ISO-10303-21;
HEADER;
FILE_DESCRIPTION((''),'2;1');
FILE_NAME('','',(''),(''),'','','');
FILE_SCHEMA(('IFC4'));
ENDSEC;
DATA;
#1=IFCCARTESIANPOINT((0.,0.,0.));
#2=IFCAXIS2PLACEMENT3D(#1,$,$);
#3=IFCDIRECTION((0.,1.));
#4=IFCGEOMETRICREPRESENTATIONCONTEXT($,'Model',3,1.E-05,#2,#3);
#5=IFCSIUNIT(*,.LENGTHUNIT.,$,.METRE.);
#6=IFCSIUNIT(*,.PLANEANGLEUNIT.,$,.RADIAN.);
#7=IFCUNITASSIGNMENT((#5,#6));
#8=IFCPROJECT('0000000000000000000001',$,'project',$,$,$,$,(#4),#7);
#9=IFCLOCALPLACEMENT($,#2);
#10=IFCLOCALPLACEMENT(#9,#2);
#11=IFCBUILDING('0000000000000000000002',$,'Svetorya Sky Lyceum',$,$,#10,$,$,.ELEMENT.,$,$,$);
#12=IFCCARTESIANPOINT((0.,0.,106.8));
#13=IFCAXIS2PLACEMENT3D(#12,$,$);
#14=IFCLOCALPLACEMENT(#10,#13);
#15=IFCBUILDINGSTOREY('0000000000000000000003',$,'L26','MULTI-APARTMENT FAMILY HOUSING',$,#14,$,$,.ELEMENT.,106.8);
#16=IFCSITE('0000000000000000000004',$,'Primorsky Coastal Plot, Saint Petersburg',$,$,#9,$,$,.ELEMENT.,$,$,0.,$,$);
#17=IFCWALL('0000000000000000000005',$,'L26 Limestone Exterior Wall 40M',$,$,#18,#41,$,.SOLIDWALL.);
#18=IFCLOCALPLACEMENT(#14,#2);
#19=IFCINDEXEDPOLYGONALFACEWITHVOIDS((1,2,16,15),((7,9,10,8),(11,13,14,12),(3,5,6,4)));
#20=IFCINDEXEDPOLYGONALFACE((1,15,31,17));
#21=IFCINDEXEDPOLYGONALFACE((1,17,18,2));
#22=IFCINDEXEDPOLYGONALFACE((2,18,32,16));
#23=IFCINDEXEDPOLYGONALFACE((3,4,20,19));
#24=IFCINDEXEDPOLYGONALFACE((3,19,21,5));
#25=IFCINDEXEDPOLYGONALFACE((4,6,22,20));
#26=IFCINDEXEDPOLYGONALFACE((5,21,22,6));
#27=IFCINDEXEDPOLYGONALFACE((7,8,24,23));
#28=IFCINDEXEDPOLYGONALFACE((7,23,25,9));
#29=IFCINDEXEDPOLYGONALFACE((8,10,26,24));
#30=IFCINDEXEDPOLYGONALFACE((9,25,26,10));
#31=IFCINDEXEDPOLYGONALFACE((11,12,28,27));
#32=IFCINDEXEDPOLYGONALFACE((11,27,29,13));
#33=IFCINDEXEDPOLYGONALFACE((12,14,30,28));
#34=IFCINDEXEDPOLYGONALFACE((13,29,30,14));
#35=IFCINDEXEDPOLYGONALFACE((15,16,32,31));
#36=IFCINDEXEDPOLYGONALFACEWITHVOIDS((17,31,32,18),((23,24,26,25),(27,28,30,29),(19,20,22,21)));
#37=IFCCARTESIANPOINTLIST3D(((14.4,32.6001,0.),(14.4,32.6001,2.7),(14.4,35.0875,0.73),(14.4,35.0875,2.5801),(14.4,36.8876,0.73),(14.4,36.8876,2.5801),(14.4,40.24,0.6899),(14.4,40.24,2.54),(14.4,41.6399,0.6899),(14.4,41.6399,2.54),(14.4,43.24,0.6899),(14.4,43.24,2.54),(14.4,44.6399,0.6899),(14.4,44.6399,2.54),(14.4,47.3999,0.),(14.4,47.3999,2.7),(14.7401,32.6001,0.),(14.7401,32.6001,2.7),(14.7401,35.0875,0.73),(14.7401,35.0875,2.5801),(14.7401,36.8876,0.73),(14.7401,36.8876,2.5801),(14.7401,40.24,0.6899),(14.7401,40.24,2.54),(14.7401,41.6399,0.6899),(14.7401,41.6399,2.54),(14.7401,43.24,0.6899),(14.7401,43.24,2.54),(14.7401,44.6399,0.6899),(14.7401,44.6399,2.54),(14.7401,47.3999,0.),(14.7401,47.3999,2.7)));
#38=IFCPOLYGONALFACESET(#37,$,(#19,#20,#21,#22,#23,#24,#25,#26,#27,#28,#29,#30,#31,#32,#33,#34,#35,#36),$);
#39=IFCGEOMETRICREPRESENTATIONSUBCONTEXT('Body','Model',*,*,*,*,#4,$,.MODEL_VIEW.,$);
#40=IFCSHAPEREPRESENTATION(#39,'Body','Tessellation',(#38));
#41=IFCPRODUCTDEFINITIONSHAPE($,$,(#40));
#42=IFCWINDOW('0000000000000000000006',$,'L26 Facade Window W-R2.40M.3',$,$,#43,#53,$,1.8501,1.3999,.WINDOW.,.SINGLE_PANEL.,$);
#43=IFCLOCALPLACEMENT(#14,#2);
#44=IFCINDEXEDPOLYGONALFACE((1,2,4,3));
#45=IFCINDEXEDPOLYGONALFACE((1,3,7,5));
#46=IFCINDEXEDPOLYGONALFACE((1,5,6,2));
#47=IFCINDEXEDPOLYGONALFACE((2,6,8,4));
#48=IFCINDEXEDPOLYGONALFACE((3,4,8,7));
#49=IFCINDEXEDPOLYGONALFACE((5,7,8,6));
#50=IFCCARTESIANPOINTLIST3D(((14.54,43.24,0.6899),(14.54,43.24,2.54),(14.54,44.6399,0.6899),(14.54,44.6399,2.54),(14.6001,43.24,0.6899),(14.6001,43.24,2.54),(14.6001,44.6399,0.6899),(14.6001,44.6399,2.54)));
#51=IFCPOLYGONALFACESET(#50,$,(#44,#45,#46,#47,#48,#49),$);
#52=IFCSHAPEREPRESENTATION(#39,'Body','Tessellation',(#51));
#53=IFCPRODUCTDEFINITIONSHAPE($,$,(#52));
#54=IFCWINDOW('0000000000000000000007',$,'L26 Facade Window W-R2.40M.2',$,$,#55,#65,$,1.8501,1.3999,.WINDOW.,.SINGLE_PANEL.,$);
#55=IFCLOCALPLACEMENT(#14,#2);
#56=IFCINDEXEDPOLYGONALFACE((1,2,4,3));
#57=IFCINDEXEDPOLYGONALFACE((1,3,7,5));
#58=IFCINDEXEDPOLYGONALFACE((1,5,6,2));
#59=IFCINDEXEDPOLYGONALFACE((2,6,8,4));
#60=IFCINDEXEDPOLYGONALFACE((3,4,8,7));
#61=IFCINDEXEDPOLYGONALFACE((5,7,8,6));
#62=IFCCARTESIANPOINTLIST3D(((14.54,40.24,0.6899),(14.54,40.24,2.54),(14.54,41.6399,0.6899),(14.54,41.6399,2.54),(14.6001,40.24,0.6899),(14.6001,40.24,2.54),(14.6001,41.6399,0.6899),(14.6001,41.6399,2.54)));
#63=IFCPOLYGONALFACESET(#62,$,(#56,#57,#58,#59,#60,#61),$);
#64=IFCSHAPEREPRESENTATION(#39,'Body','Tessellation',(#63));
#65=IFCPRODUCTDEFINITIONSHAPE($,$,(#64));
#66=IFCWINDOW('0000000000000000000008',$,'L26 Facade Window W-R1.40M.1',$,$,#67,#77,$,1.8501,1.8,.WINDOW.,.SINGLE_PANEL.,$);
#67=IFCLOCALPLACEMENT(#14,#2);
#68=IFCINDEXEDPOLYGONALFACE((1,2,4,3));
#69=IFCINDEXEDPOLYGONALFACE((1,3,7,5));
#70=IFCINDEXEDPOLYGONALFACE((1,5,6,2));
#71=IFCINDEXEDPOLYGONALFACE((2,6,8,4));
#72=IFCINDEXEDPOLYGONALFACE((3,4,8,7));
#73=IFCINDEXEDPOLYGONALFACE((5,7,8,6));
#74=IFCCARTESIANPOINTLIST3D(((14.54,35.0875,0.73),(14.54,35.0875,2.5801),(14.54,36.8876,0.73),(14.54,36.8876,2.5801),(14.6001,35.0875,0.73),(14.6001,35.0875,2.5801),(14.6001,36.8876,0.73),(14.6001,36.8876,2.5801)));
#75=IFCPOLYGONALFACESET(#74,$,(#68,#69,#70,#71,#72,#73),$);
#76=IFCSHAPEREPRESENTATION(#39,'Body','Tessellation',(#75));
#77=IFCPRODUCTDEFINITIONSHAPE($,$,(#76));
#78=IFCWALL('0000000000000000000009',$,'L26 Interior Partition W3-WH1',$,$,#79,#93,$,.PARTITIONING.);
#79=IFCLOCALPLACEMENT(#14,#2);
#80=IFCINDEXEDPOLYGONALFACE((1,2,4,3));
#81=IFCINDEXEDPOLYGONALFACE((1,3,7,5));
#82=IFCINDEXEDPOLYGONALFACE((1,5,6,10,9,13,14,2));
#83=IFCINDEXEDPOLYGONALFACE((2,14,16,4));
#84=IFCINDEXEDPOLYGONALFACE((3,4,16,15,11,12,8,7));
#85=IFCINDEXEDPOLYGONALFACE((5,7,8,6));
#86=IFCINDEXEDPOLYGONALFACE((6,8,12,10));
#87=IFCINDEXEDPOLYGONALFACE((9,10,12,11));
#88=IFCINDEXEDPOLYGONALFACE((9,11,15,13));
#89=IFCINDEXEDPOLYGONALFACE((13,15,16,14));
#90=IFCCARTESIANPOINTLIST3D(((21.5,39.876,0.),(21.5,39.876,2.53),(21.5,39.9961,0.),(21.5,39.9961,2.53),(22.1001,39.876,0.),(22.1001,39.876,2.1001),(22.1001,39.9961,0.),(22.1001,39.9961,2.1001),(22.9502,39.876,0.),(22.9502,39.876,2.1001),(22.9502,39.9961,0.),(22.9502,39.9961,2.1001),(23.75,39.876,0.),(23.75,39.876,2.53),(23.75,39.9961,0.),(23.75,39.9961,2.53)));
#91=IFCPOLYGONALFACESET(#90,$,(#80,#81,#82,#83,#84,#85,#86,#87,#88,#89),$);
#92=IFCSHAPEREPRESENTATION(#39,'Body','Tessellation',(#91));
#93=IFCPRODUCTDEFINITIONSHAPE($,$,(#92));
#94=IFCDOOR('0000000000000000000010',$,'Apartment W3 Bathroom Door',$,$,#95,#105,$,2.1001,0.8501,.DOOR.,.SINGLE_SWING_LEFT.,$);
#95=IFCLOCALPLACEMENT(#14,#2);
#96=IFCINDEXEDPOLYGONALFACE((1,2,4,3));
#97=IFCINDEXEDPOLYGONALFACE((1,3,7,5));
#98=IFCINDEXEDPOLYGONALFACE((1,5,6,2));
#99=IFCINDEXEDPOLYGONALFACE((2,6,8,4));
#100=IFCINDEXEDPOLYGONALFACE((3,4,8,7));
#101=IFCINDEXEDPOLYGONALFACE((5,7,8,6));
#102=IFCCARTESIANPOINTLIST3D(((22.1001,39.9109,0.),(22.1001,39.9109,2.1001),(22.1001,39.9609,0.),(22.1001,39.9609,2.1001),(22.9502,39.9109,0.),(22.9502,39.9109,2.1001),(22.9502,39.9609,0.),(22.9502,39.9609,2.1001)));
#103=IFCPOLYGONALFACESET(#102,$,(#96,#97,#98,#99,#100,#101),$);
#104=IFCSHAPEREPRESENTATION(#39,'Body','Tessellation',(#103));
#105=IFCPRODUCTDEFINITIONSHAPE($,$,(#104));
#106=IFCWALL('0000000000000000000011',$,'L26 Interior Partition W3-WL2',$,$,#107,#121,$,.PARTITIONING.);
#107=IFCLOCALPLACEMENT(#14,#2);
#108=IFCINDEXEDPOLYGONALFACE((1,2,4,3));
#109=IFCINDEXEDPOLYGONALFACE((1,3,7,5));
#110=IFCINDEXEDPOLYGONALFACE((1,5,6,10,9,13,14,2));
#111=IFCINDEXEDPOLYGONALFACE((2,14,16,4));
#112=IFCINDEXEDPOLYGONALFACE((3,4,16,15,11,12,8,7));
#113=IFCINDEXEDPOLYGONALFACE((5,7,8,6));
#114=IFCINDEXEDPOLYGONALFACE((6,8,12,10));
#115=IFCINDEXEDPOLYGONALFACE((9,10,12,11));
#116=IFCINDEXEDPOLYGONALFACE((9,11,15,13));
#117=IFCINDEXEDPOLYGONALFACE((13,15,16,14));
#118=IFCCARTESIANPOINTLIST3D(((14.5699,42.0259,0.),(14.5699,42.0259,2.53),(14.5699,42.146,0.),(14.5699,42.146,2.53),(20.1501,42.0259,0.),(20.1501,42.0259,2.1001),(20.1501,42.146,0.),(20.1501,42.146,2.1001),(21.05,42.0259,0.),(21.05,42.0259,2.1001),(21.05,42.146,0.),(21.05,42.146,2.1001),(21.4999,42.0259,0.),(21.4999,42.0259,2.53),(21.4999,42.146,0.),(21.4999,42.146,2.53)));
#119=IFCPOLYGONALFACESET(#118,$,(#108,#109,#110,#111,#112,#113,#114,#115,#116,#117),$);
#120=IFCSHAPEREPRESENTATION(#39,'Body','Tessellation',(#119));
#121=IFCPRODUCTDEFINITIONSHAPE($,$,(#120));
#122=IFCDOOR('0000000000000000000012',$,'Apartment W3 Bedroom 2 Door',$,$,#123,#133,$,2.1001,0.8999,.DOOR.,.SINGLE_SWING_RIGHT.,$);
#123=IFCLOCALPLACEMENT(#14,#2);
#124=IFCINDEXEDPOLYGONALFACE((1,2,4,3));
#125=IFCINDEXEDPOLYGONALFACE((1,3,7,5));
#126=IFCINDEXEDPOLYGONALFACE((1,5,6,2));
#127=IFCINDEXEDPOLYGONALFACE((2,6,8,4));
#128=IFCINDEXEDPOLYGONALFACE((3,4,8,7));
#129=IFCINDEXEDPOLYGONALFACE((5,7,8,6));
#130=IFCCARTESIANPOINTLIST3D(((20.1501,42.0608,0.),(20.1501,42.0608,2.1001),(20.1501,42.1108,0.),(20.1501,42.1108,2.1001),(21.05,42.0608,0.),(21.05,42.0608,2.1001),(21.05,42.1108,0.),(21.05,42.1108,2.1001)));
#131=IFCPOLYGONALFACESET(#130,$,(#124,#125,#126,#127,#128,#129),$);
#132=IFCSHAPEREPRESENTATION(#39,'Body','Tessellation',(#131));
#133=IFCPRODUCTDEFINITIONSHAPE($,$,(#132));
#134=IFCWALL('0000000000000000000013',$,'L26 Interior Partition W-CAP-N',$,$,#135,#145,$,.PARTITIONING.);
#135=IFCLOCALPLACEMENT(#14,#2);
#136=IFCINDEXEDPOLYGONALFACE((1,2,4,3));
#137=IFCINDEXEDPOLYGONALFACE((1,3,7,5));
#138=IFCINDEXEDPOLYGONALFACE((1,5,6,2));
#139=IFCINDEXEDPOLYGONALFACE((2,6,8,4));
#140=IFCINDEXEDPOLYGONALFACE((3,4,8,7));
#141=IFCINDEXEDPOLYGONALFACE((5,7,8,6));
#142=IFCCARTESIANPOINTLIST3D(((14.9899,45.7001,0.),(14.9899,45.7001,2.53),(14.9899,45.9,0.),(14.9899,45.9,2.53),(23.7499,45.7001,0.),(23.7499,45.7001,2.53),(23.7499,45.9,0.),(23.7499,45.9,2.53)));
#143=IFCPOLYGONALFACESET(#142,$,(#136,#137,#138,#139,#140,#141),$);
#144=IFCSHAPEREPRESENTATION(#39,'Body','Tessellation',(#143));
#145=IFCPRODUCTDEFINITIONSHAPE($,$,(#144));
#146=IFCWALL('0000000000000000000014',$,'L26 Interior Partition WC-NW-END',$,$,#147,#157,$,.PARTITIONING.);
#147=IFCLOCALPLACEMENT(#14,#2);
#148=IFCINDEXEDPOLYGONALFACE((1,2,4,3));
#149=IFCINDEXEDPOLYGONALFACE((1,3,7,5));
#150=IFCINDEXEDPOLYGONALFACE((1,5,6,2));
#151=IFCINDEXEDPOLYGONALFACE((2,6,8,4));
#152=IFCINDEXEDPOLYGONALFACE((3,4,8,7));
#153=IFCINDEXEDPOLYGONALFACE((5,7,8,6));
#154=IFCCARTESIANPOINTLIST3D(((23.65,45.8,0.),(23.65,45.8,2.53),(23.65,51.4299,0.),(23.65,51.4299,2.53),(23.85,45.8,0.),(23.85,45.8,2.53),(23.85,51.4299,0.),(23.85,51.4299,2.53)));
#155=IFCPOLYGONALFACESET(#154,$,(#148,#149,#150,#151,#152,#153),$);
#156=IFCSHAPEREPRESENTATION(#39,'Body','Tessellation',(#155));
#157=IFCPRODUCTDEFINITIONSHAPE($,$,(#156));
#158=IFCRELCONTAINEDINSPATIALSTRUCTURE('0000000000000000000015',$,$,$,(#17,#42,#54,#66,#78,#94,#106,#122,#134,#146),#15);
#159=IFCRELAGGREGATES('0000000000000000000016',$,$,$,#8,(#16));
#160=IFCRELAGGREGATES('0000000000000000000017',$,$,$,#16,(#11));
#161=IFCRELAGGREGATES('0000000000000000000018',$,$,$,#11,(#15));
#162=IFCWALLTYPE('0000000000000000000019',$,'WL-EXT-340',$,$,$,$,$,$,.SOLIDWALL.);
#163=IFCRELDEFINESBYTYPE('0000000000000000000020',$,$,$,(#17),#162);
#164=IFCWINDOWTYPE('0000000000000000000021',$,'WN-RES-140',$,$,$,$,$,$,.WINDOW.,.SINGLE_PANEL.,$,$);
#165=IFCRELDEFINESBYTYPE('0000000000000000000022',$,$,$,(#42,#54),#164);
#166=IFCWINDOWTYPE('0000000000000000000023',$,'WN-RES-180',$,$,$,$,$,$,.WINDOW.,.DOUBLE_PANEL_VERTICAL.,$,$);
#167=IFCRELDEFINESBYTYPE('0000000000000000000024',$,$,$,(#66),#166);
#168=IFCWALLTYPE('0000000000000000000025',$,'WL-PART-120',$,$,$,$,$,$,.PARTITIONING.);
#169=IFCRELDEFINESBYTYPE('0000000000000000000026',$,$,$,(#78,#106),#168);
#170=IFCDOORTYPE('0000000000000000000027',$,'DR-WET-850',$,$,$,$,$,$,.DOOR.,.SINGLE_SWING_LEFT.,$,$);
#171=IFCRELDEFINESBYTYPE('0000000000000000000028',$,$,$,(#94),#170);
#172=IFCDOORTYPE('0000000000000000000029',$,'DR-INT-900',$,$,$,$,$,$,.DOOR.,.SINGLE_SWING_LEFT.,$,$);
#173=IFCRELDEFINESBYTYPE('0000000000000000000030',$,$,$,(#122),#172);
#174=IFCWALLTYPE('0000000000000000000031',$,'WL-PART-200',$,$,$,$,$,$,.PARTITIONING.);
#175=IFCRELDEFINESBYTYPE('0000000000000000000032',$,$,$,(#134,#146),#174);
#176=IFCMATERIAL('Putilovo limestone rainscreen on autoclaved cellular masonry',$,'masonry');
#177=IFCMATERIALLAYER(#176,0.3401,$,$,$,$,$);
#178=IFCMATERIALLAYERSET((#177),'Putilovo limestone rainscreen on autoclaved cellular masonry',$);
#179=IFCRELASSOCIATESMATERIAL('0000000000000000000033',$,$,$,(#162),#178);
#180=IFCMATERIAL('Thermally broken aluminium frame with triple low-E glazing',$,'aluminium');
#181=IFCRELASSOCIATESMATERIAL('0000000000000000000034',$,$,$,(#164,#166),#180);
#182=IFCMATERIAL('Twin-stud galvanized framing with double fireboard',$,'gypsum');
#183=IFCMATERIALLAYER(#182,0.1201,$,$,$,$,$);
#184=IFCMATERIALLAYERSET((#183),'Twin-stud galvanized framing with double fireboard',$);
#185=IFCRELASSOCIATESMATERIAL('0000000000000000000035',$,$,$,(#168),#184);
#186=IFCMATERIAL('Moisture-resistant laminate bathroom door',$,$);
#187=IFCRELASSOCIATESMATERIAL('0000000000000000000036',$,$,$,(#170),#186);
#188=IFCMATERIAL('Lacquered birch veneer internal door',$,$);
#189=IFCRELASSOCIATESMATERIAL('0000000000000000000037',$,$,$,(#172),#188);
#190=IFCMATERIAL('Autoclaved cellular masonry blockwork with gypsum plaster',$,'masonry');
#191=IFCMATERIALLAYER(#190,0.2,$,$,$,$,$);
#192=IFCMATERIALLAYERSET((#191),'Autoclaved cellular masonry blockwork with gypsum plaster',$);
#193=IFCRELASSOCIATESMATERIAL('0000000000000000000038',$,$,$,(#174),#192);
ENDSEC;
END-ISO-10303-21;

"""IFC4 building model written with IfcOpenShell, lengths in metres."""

from ifc_helpers import new_model, si_unit, direction, frame, frame_2d, origin, place, context, subcontext, project, spatial, rectangle, extrude, material, layer, layer_set, type_object, element, fill, save


model = new_model("IFC4")

# Units and contexts
model_context = context("Model", 3, precision=1e-05, world=origin(), true_north=direction((0.0, 1.0)))
body_context = subcontext(model_context, "Body", "Model", "MODEL_VIEW")
ifc_project = project(units=[si_unit("LENGTHUNIT", "METRE"), si_unit("PLANEANGLEUNIT", "RADIAN")], contexts=[model_context])

# Site, building, storey
site_placement = place(None, origin())
site = spatial("IfcSite", under=ifc_project, at=site_placement, Name="Primorsky Coastal Plot, Saint Petersburg", CompositionType="ELEMENT", RefElevation=0.0)
building_placement = place(site_placement, origin())
building = spatial("IfcBuilding", under=site, at=building_placement, Name="Svetorya Sky Lyceum", CompositionType="ELEMENT")
storey_placement = place(building_placement, frame((0.0, 0.0, 106.8)))
storey = spatial("IfcBuildingStorey", under=building, at=storey_placement, Name="L26", Description="MULTI-APARTMENT FAMILY HOUSING", CompositionType="ELEMENT", Elevation=106.8)

# Shared definitions
ifc_material_1 = material(Name="Putilovo limestone rainscreen on autoclaved cellular masonry", Category="masonry")
ifc_layer_1 = layer(ifc_material_1, 0.3401)
ifc_layer_set_1 = layer_set([ifc_layer_1], Name="Putilovo limestone rainscreen on autoclaved cellular masonry")
wall_type_1 = type_object("IfcWallType", Name="WL-EXT-340", PredefinedType="SOLIDWALL", material=ifc_layer_set_1)

# Wall, openings, windows
wall_1_placement = place(storey_placement, frame((14.5701, 47.3999, 0.0), z_axis=(0.0, 0.0, 1.0), x_axis=(0.0, -1.0, 0.0)))
wall_1 = element("IfcWall", 1, at=wall_1_placement, inside=storey, type_object=wall_type_1, Name="L26 Limestone Exterior Wall 40M", PredefinedType="SOLIDWALL", context=body_context, shape_type="SweptSolid", body=[
    extrude(rectangle(XDim=14.7998, YDim=0.3401, at=frame_2d((7.3999, 0.0))), origin(), (0.0, 0.0, 1.0), 2.7),
])
opening_1_placement = place(wall_1_placement, frame((2.76, 0.0, 0.6899)))
opening_1 = element("IfcOpeningElement", 2, at=opening_1_placement, cuts=wall_1, PredefinedType="OPENING", context=body_context, shape_type="SweptSolid", body=[
    extrude(rectangle(XDim=1.3999, YDim=1.8501, at=frame_2d((0.7, 0.925))), frame((0.0, 0.1799, 0.0), z_axis=(0.0, -1.0, 0.0), x_axis=(1.0, 0.0, 0.0)), (0.0, 0.0, 1.0), 0.3601),
])
opening_2_placement = place(wall_1_placement, frame((5.76, 0.0, 0.6899)))
opening_2 = element("IfcOpeningElement", 3, at=opening_2_placement, cuts=wall_1, PredefinedType="OPENING", context=body_context, shape_type="SweptSolid", body=[
    extrude(rectangle(XDim=1.3999, YDim=1.8501, at=frame_2d((0.7, 0.925))), frame((0.0, 0.1799, 0.0), z_axis=(0.0, -1.0, 0.0), x_axis=(1.0, 0.0, 0.0)), (0.0, 0.0, 1.0), 0.3601),
])
opening_3_placement = place(wall_1_placement, frame((10.5125, 0.0, 0.73)))
opening_3 = element("IfcOpeningElement", 4, at=opening_3_placement, cuts=wall_1, PredefinedType="OPENING", context=body_context, shape_type="SweptSolid", body=[
    extrude(rectangle(XDim=1.8, YDim=1.8501, at=frame_2d((0.8999, 0.925))), frame((0.0, 0.1799, 0.0), z_axis=(0.0, -1.0, 0.0), x_axis=(1.0, 0.0, 0.0)), (0.0, 0.0, 1.0), 0.3601),
])
ifc_material_2 = material(Name="Thermally broken aluminium frame with triple low-E glazing", Category="aluminium")
window_type_1 = type_object("IfcWindowType", Name="WN-RES-140", PartitioningType="SINGLE_PANEL", PredefinedType="WINDOW", material=ifc_material_2)
window_1_placement = place(opening_1_placement, origin())
window_1 = element("IfcWindow", 5, at=window_1_placement, inside=storey, type_object=window_type_1, Name="L26 Facade Window W-R2.40M.3", OverallHeight=1.8501, OverallWidth=1.3999, PartitioningType="SINGLE_PANEL", PredefinedType="WINDOW", context=body_context, shape_type="SweptSolid", body=[
    extrude(rectangle(XDim=1.3999, YDim=1.8501, at=frame_2d((0.7, 0.925))), frame((0.0, 0.03, 0.0), z_axis=(0.0, -1.0, 0.0), x_axis=(1.0, 0.0, 0.0)), (0.0, 0.0, 1.0), 0.0601),
])
fill(opening_1, window_1)
window_2_placement = place(opening_2_placement, origin())
window_2 = element("IfcWindow", 6, at=window_2_placement, inside=storey, type_object=window_type_1, Name="L26 Facade Window W-R2.40M.2", OverallHeight=1.8501, OverallWidth=1.3999, PartitioningType="SINGLE_PANEL", PredefinedType="WINDOW", context=body_context, shape_type="SweptSolid", body=[
    extrude(rectangle(XDim=1.3999, YDim=1.8501, at=frame_2d((0.7, 0.925))), frame((0.0, 0.03, 0.0), z_axis=(0.0, -1.0, 0.0), x_axis=(1.0, 0.0, 0.0)), (0.0, 0.0, 1.0), 0.0601),
])
fill(opening_2, window_2)
window_type_2 = type_object("IfcWindowType", Name="WN-RES-180", PartitioningType="DOUBLE_PANEL_VERTICAL", PredefinedType="WINDOW", material=ifc_material_2)
window_3_placement = place(opening_3_placement, origin())
window_3 = element("IfcWindow", 7, at=window_3_placement, inside=storey, type_object=window_type_2, Name="L26 Facade Window W-R1.40M.1", OverallHeight=1.8501, OverallWidth=1.8, PartitioningType="SINGLE_PANEL", PredefinedType="WINDOW", context=body_context, shape_type="SweptSolid", body=[
    extrude(rectangle(XDim=1.8, YDim=1.8501, at=frame_2d((0.8999, 0.925))), frame((0.0, 0.03, 0.0), z_axis=(0.0, -1.0, 0.0), x_axis=(1.0, 0.0, 0.0)), (0.0, 0.0, 1.0), 0.0601),
])
fill(opening_3, window_3)

# Walls, openings, doors
ifc_material_3 = material(Name="Twin-stud galvanized framing with double fireboard", Category="gypsum")
ifc_layer_2 = layer(ifc_material_3, 0.1201)
ifc_layer_set_2 = layer_set([ifc_layer_2], Name="Twin-stud galvanized framing with double fireboard")
wall_type_2 = type_object("IfcWallType", Name="WL-PART-120", PredefinedType="PARTITIONING", material=ifc_layer_set_2)
wall_2_placement = place(storey_placement, frame((21.5, 39.936, 0.0), z_axis=(0.0, 0.0, 1.0), x_axis=(1.0, 0.0, 0.0)))
wall_2 = element("IfcWall", 8, at=wall_2_placement, inside=storey, type_object=wall_type_2, Name="L26 Interior Partition W3-WH1", PredefinedType="PARTITIONING", context=body_context, shape_type="SweptSolid", body=[
    extrude(rectangle(XDim=2.25, YDim=0.1201, at=frame_2d((1.125, 0.0))), origin(), (0.0, 0.0, 1.0), 2.53),
])
opening_4_placement = place(wall_2_placement, frame((0.6001, 0.0, 0.0)))
opening_4 = element("IfcOpeningElement", 9, at=opening_4_placement, cuts=wall_2, PredefinedType="OPENING", context=body_context, shape_type="SweptSolid", body=[
    extrude(rectangle(XDim=0.8501, YDim=2.1001, at=frame_2d((0.425, 1.05))), frame((0.0, 0.0701, 0.0), z_axis=(0.0, -1.0, 0.0), x_axis=(1.0, 0.0, 0.0)), (0.0, 0.0, 1.0), 0.1401),
])
ifc_material_4 = material(Name="Moisture-resistant laminate bathroom door")
door_type_1 = type_object("IfcDoorType", Name="DR-WET-850", OperationType="SINGLE_SWING_LEFT", PredefinedType="DOOR", material=ifc_material_4)
door_1_placement = place(opening_4_placement, origin())
door_1 = element("IfcDoor", 10, at=door_1_placement, inside=storey, type_object=door_type_1, Name="Apartment W3 Bathroom Door", OperationType="SINGLE_SWING_LEFT", OverallHeight=2.1001, OverallWidth=0.8501, PredefinedType="DOOR", context=body_context, shape_type="SweptSolid", body=[
    extrude(rectangle(XDim=0.8501, YDim=2.1001, at=frame_2d((0.425, 1.05))), frame((0.0, 0.0249, 0.0), z_axis=(0.0, -1.0, 0.0), x_axis=(1.0, 0.0, 0.0)), (0.0, 0.0, 1.0), 0.05),
])
fill(opening_4, door_1)
wall_3_placement = place(storey_placement, frame((14.5701, 42.0859, 0.0), z_axis=(0.0, 0.0, 1.0), x_axis=(1.0, 0.0, 0.0)))
wall_3 = element("IfcWall", 11, at=wall_3_placement, inside=storey, type_object=wall_type_2, Name="L26 Interior Partition W3-WL2", PredefinedType="PARTITIONING", context=body_context, shape_type="SweptSolid", body=[
    extrude(rectangle(XDim=6.9299, YDim=0.1201, at=frame_2d((3.4648, 0.0))), origin(), (0.0, 0.0, 1.0), 2.53),
])
opening_5_placement = place(wall_3_placement, frame((5.5801, 0.0, 0.0)))
opening_5 = element("IfcOpeningElement", 12, at=opening_5_placement, cuts=wall_3, PredefinedType="OPENING", context=body_context, shape_type="SweptSolid", body=[
    extrude(rectangle(XDim=0.8999, YDim=2.1001, at=frame_2d((0.45, 1.05))), frame((0.0, 0.0701, 0.0), z_axis=(0.0, -1.0, 0.0), x_axis=(1.0, 0.0, 0.0)), (0.0, 0.0, 1.0), 0.1401),
])
ifc_material_5 = material(Name="Lacquered birch veneer internal door")
door_type_2 = type_object("IfcDoorType", Name="DR-INT-900", OperationType="SINGLE_SWING_LEFT", PredefinedType="DOOR", material=ifc_material_5)
door_2_placement = place(opening_5_placement, origin())
door_2 = element("IfcDoor", 13, at=door_2_placement, inside=storey, type_object=door_type_2, Name="Apartment W3 Bedroom 2 Door", OperationType="SINGLE_SWING_RIGHT", OverallHeight=2.1001, OverallWidth=0.8999, PredefinedType="DOOR", context=body_context, shape_type="SweptSolid", body=[
    extrude(rectangle(XDim=0.8999, YDim=2.1001, at=frame_2d((0.45, 1.05))), frame((0.0, 0.0249, 0.0), z_axis=(0.0, -1.0, 0.0), x_axis=(1.0, 0.0, 0.0)), (0.0, 0.0, 1.0), 0.05),
])
fill(opening_5, door_2)

# Walls
ifc_material_6 = material(Name="Autoclaved cellular masonry blockwork with gypsum plaster", Category="masonry")
ifc_layer_3 = layer(ifc_material_6, 0.2)
ifc_layer_set_3 = layer_set([ifc_layer_3], Name="Autoclaved cellular masonry blockwork with gypsum plaster")
wall_type_3 = type_object("IfcWallType", Name="WL-PART-200", PredefinedType="PARTITIONING", material=ifc_layer_set_3)
wall_4_placement = place(storey_placement, frame((14.99, 45.8, 0.0), z_axis=(0.0, 0.0, 1.0), x_axis=(1.0, 0.0, 0.0)))
element("IfcWall", 14, at=wall_4_placement, inside=storey, type_object=wall_type_3, Name="L26 Interior Partition W-CAP-N", PredefinedType="PARTITIONING", context=body_context, shape_type="SweptSolid", body=[
    extrude(rectangle(XDim=8.76, YDim=0.2, at=frame_2d((4.3799, 0.0))), origin(), (0.0, 0.0, 1.0), 2.53),
])
wall_5_placement = place(storey_placement, frame((23.75, 45.8, 0.0), z_axis=(0.0, 0.0, 1.0), x_axis=(0.0, 1.0, 0.0)))
element("IfcWall", 15, at=wall_5_placement, inside=storey, type_object=wall_type_3, Name="L26 Interior Partition WC-NW-END", PredefinedType="PARTITIONING", context=body_context, shape_type="SweptSolid", body=[
    extrude(rectangle(XDim=5.6299, YDim=0.2, at=frame_2d((2.8149, 0.0))), origin(), (0.0, 0.0, 1.0), 2.53),
])

save(model, "model.ifc")
